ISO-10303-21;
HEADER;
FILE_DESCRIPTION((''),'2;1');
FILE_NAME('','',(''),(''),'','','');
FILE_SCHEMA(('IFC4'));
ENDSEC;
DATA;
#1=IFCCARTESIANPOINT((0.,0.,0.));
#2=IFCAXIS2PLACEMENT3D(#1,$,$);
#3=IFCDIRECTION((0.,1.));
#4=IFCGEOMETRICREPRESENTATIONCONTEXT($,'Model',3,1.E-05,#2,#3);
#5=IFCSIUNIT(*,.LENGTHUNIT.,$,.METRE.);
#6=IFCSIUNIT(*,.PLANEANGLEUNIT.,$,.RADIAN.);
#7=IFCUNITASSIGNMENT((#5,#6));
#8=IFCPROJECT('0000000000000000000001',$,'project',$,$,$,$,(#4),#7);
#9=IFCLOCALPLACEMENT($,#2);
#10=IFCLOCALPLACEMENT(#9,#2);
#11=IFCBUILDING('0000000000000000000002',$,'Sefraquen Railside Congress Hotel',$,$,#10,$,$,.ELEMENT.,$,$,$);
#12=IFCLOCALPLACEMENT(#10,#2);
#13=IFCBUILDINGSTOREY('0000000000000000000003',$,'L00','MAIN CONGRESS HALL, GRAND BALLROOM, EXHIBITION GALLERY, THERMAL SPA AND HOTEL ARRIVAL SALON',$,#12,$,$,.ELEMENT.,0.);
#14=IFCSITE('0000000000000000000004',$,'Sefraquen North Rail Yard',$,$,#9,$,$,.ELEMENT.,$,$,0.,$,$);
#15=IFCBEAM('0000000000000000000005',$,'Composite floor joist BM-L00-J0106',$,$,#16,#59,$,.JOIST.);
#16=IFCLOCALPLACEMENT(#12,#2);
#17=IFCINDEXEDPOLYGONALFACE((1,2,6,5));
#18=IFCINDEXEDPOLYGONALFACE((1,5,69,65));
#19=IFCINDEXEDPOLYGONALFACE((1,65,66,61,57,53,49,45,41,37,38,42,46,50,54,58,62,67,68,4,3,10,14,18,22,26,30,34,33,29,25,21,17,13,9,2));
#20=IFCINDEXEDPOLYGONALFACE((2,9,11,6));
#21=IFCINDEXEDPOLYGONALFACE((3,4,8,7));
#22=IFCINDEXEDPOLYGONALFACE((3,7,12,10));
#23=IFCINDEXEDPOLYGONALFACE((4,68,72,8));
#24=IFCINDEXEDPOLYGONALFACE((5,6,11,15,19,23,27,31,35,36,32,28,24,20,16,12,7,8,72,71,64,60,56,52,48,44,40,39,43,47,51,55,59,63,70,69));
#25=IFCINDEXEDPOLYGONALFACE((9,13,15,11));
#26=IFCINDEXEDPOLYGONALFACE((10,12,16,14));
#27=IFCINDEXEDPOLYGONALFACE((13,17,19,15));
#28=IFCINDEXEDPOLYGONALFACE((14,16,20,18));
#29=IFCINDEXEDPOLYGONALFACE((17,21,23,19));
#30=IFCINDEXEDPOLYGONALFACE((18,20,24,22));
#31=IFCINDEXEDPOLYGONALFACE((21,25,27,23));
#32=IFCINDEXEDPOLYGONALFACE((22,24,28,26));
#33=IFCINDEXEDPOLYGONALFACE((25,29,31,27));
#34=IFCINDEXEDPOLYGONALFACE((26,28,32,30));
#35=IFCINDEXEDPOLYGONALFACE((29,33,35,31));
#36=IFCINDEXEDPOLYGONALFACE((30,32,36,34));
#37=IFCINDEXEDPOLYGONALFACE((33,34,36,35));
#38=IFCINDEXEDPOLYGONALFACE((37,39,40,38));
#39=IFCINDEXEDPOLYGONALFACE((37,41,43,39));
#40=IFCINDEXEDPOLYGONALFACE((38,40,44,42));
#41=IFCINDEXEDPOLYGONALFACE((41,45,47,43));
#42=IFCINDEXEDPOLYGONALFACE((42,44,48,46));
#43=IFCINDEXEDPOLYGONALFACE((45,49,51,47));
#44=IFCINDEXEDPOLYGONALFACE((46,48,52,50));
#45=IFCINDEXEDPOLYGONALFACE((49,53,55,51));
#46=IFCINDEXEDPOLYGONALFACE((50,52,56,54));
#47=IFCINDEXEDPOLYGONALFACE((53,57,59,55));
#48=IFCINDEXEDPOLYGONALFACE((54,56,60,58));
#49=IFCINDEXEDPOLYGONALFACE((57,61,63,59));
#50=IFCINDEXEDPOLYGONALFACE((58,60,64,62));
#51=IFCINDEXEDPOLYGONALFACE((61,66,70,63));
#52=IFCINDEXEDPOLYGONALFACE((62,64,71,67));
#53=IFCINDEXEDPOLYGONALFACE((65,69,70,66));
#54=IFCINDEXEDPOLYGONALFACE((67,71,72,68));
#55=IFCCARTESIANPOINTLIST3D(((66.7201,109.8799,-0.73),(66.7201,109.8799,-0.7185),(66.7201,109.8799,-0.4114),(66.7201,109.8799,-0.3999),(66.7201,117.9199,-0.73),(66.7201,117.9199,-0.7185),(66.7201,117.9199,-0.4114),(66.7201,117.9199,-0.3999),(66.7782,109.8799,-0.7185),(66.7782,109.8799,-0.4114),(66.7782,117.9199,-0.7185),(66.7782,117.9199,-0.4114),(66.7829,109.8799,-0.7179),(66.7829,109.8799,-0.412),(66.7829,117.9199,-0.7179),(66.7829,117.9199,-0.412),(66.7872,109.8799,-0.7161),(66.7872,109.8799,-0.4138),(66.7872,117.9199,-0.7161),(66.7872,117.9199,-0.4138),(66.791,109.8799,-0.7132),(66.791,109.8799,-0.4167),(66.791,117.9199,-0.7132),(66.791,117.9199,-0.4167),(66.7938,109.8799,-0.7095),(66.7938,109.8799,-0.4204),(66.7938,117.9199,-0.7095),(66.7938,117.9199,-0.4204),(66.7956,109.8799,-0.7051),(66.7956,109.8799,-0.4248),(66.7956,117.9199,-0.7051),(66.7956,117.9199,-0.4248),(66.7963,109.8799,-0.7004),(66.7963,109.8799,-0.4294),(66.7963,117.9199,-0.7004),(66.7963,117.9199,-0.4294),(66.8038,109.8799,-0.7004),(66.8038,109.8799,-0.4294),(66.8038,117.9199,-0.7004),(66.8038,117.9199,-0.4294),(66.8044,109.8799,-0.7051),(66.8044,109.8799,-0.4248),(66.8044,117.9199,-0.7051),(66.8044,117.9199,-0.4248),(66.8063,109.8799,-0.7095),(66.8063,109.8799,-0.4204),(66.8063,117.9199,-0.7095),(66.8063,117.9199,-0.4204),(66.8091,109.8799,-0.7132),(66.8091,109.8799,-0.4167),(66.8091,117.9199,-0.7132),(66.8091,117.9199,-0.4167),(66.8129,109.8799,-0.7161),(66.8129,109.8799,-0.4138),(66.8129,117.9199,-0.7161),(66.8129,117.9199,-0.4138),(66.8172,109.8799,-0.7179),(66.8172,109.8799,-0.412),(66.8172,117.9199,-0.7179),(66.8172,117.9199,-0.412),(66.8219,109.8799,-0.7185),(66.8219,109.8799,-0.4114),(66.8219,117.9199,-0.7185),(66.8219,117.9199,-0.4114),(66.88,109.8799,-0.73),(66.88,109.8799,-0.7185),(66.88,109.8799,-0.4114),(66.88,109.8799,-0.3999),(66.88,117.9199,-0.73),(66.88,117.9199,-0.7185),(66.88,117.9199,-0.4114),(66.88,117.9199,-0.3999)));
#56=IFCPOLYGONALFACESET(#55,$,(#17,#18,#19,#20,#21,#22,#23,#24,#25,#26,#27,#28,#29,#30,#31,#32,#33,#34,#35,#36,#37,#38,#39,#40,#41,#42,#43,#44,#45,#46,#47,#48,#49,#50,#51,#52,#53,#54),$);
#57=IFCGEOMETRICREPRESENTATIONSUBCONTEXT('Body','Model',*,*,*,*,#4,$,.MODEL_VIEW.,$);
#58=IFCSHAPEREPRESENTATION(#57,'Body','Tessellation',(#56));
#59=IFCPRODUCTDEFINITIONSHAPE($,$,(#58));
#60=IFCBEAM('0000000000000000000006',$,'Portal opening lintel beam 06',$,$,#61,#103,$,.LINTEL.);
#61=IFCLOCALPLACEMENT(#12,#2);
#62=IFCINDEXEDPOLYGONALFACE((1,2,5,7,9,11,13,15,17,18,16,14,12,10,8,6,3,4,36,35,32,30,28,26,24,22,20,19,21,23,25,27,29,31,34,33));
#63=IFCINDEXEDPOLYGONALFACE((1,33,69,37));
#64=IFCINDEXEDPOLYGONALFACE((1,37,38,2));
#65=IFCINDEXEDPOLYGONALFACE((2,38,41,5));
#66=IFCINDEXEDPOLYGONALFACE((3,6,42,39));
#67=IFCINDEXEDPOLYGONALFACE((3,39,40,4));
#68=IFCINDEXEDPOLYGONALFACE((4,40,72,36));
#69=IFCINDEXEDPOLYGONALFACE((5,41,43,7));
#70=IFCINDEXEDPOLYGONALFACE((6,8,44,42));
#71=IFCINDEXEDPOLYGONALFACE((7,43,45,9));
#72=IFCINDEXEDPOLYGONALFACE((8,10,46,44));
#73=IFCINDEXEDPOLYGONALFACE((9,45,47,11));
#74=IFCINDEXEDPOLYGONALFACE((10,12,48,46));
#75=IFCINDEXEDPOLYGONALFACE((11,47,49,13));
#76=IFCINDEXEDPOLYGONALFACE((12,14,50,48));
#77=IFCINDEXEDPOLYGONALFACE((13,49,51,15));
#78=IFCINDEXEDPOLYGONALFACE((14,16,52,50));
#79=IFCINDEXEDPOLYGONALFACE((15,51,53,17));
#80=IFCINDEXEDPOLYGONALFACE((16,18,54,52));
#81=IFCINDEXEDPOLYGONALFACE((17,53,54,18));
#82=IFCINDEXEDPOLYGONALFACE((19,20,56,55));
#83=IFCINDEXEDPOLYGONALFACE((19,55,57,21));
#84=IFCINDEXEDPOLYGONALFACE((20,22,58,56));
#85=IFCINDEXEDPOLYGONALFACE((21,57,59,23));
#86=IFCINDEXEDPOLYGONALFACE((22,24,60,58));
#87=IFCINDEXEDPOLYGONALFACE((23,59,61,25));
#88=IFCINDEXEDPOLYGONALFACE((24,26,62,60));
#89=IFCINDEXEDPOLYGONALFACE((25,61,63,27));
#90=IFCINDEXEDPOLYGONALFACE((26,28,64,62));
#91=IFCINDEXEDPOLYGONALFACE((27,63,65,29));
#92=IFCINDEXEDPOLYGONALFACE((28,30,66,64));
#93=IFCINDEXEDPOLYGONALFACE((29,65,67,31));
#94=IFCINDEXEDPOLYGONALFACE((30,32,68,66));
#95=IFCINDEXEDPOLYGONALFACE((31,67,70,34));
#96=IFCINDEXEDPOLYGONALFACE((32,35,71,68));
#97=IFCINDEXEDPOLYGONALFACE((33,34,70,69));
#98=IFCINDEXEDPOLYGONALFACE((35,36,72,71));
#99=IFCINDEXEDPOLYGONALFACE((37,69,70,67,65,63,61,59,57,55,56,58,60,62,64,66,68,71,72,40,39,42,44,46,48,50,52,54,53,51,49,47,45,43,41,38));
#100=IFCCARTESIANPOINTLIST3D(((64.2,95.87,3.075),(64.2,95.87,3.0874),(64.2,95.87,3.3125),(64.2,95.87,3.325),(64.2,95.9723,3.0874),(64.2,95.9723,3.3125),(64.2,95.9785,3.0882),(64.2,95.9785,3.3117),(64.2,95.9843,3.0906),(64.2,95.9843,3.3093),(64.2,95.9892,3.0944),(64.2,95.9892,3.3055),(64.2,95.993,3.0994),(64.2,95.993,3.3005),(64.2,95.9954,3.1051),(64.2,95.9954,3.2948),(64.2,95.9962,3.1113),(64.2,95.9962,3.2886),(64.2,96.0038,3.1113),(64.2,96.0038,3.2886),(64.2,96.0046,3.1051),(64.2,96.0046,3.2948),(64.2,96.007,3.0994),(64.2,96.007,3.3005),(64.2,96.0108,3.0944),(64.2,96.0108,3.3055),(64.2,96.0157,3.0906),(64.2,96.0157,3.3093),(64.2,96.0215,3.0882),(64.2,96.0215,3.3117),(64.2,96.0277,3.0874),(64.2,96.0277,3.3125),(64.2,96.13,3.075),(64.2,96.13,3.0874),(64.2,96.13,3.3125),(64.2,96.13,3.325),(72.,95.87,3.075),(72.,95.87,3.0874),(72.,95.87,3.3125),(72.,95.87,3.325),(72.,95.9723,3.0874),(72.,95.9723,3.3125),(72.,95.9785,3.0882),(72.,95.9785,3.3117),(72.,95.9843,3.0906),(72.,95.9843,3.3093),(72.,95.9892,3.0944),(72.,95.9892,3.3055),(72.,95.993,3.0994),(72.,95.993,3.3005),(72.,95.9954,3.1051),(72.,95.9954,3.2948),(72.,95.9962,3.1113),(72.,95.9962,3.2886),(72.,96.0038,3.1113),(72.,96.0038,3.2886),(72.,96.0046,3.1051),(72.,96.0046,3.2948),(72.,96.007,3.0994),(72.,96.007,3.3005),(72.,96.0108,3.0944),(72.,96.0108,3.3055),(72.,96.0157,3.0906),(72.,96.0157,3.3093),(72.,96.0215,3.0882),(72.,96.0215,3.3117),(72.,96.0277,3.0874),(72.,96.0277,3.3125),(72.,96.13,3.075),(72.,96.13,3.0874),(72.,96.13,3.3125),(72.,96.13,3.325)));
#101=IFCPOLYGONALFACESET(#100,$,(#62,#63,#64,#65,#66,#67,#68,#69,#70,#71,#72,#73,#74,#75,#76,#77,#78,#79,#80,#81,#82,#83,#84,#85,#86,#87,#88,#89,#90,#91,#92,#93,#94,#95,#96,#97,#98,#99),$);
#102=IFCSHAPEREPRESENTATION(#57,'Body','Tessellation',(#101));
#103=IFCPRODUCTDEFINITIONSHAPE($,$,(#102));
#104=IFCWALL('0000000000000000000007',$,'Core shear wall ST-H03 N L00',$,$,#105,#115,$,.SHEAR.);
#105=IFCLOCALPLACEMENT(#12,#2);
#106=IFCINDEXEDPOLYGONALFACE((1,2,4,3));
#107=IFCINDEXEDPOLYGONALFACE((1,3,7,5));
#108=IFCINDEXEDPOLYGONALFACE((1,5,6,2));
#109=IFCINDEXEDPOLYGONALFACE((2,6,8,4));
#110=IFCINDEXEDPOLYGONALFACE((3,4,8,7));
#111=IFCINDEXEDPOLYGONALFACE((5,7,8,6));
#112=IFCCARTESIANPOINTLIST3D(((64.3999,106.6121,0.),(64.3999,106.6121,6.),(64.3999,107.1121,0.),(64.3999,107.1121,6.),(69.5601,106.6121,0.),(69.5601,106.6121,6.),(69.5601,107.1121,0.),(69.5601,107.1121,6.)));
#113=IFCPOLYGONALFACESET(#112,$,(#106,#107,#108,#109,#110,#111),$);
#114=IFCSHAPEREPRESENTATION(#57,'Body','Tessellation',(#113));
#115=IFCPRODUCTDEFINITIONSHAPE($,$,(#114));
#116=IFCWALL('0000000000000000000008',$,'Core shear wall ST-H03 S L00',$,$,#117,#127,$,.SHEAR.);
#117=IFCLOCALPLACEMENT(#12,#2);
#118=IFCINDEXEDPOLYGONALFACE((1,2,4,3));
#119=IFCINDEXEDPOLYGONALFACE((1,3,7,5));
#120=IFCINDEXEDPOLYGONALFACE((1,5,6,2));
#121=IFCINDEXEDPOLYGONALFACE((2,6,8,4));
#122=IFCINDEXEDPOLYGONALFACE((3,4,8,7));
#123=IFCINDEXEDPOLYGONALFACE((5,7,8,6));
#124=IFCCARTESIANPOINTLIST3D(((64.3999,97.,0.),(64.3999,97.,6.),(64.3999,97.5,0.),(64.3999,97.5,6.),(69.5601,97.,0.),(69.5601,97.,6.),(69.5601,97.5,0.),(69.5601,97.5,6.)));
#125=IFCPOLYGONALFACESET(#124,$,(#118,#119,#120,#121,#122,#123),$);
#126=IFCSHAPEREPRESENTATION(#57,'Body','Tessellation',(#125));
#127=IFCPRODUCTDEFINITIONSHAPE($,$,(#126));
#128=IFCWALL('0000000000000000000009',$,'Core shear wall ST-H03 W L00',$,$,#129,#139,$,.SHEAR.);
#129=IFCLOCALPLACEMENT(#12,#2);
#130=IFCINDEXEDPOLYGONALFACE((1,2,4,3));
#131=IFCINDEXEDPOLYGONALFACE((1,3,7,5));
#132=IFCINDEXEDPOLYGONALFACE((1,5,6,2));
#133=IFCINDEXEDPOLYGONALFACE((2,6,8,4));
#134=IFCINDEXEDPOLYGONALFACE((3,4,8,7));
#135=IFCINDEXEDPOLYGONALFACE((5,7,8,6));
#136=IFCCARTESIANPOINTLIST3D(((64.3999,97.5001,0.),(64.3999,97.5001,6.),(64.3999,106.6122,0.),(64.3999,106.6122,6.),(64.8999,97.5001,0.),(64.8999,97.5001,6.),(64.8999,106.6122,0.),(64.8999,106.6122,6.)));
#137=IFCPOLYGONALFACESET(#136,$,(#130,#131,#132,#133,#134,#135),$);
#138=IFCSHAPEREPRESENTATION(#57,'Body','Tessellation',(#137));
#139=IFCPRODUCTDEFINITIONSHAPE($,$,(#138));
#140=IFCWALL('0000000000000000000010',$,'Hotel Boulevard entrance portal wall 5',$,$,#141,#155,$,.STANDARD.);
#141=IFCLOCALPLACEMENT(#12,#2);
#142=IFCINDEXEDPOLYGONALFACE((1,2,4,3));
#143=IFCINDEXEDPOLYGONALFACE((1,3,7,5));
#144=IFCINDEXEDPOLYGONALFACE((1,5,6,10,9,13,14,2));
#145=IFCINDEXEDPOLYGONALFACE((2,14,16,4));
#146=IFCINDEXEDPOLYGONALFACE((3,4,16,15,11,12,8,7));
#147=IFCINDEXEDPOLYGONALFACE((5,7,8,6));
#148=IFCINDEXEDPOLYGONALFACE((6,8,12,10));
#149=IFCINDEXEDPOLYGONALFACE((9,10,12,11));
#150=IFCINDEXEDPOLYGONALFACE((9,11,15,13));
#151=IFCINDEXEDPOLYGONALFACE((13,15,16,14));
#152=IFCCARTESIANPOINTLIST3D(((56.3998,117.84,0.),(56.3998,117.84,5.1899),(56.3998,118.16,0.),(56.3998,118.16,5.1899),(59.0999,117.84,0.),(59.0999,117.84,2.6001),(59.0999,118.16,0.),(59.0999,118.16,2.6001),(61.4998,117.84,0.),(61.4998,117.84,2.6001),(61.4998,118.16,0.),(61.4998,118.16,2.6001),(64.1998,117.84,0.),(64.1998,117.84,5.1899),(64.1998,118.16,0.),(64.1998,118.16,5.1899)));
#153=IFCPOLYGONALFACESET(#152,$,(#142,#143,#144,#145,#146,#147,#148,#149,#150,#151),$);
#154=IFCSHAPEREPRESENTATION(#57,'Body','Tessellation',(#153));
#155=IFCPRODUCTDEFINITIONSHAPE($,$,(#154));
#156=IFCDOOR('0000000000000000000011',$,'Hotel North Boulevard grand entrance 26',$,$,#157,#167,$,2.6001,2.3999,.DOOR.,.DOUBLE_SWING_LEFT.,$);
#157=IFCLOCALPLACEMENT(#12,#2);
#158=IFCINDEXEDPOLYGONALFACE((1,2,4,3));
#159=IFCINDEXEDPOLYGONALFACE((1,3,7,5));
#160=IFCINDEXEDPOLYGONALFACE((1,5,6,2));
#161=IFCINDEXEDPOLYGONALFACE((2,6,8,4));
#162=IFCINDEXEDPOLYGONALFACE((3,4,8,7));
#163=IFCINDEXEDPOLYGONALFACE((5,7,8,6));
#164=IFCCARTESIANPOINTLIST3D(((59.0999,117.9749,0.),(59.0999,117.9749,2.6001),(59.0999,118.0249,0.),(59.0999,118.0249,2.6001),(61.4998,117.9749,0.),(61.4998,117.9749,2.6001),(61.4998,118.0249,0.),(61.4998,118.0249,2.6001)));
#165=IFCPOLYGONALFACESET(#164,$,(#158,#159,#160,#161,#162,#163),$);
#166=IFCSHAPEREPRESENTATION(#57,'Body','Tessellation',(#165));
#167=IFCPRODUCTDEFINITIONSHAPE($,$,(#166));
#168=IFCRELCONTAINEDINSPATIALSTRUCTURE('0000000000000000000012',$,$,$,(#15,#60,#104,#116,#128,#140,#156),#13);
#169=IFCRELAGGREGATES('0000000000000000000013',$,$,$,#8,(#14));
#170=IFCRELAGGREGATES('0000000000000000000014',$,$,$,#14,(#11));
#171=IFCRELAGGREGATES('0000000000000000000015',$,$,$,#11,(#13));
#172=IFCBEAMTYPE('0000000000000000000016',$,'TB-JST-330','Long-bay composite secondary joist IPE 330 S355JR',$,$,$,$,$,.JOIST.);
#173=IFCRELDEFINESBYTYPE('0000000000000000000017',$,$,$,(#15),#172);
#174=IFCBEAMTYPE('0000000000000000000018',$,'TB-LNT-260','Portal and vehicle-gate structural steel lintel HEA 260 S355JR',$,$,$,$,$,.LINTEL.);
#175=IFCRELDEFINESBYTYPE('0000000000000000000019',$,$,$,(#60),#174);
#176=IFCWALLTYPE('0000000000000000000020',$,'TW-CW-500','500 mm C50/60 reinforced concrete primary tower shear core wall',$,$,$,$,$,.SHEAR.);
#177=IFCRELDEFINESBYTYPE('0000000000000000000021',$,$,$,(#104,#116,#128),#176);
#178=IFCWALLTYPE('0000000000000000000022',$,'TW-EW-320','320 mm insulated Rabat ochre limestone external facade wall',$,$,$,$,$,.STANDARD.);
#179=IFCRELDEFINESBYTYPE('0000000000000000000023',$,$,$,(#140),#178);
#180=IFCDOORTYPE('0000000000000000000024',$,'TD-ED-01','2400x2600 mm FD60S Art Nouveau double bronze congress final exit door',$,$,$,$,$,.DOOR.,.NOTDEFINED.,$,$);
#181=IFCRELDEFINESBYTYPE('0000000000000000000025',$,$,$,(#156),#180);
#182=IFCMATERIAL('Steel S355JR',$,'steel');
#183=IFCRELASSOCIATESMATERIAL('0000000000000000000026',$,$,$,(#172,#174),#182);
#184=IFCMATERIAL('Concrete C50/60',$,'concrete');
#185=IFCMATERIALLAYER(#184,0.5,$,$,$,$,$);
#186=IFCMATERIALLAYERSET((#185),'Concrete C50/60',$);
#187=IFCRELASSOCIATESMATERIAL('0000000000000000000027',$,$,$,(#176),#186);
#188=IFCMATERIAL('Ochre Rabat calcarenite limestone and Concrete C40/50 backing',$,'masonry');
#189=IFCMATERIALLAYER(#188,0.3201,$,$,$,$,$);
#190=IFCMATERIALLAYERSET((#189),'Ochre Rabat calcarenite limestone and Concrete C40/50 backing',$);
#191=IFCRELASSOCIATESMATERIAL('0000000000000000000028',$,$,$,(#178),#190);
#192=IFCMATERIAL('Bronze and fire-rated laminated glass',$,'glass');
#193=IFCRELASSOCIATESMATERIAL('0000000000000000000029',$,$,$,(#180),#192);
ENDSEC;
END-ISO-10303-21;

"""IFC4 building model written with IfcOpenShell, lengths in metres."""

from ifc_helpers import new_model, si_unit, direction, frame, frame_2d, origin, origin_2d, place, context, subcontext, project, spatial, rectangle, i_section, extrude, material, layer, layer_set, material_profile, profile_set, type_object, element, fill, save


model = new_model("IFC4")

# Units and contexts
model_context = context("Model", 3, precision=1e-05, world=origin(), true_north=direction((0.0, 1.0)))
body_context = subcontext(model_context, "Body", "Model", "MODEL_VIEW")
ifc_project = project(units=[si_unit("LENGTHUNIT", "METRE"), si_unit("PLANEANGLEUNIT", "RADIAN")], contexts=[model_context])

# Site, building, storey
site_placement = place(None, origin())
site = spatial("IfcSite", under=ifc_project, at=site_placement, Name="Sefraquen North Rail Yard", CompositionType="ELEMENT", RefElevation=0.0)
building_placement = place(site_placement, origin())
building = spatial("IfcBuilding", under=site, at=building_placement, Name="Sefraquen Railside Congress Hotel", CompositionType="ELEMENT")
storey_placement = place(building_placement, origin())
storey = spatial("IfcBuildingStorey", under=building, at=storey_placement, Name="L00", Description="MAIN CONGRESS HALL, GRAND BALLROOM, EXHIBITION GALLERY, THERMAL SPA AND HOTEL ARRIVAL SALON", CompositionType="ELEMENT", Elevation=0.0)

# Shared definitions
ifc_material_1 = material(Name="Steel S355JR", Category="steel")

# Beams
ifc_material_profile_1 = material_profile(ifc_material_1, i_section(OverallWidth=0.1599, OverallDepth=0.3301, WebThickness=0.0076, FlangeThickness=0.0115, FilletRadius=0.0181, at=origin_2d()), Name="IPE 330")
ifc_profile_set_1 = profile_set([ifc_material_profile_1], Name="Steel S355JR")
beam_type_1 = type_object("IfcBeamType", Name="TB-JST-330", Description="Long-bay composite secondary joist IPE 330 S355JR", PredefinedType="JOIST", material=ifc_profile_set_1)
for number, where, z_axis, x_axis, name in (
    (1, (66.8, 109.8799, -0.5649), (0.0, 1.0, 0.0), (-1.0, 0.0, 0.0), "Composite floor joist BM-L00-J0106"),
):
    element("IfcBeam", number, at=place(storey_placement, frame(where, z_axis=z_axis, x_axis=x_axis)), inside=storey, type_object=beam_type_1, Name=name, PredefinedType="JOIST", context=body_context, shape_type="SweptSolid", body=[
        extrude(i_section(OverallWidth=0.1599, OverallDepth=0.3301, WebThickness=0.0076, FlangeThickness=0.0115, FilletRadius=0.0181, at=origin_2d()), origin(), (0.0, 0.0, 1.0), 8.04),
    ])
ifc_material_profile_2 = material_profile(ifc_material_1, i_section(OverallWidth=0.26, OverallDepth=0.25, WebThickness=0.0076, FlangeThickness=0.0125, FilletRadius=0.0239, at=origin_2d()), Name="HEA 260")
ifc_profile_set_2 = profile_set([ifc_material_profile_2], Name="Steel S355JR")
beam_type_2 = type_object("IfcBeamType", Name="TB-LNT-260", Description="Portal and vehicle-gate structural steel lintel HEA 260 S355JR", PredefinedType="LINTEL", material=ifc_profile_set_2)
beam_1_placement = place(storey_placement, frame((64.2, 96.0, 3.2), z_axis=(1.0, 0.0, 0.0), x_axis=(0.0, 1.0, 0.0)))
element("IfcBeam", 2, at=beam_1_placement, inside=storey, type_object=beam_type_2, Name="Portal opening lintel beam 06", PredefinedType="LINTEL", context=body_context, shape_type="SweptSolid", body=[
    extrude(i_section(OverallWidth=0.26, OverallDepth=0.25, WebThickness=0.0076, FlangeThickness=0.0125, FilletRadius=0.0239, at=origin_2d()), origin(), (0.0, 0.0, 1.0), 7.8),
])

# Walls
ifc_material_2 = material(Name="Concrete C50/60", Category="concrete")
ifc_layer_1 = layer(ifc_material_2, 0.5)
ifc_layer_set_1 = layer_set([ifc_layer_1], Name="Concrete C50/60")
wall_type_1 = type_object("IfcWallType", Name="TW-CW-500", Description="500 mm C50/60 reinforced concrete primary tower shear core wall", PredefinedType="SHEAR", material=ifc_layer_set_1)
for number, where, z_axis, x_axis, name in (
    (3, (64.3999, 106.8621, 0.0), (0.0, 0.0, 1.0), (1.0, 0.0, 0.0), "Core shear wall ST-H03 N L00"),
    (4, (64.3999, 97.25, 0.0), (0.0, 0.0, 1.0), (1.0, 0.0, 0.0), "Core shear wall ST-H03 S L00"),
):
    element("IfcWall", number, at=place(storey_placement, frame(where, z_axis=z_axis, x_axis=x_axis)), inside=storey, type_object=wall_type_1, Name=name, PredefinedType="SHEAR", context=body_context, shape_type="SweptSolid", body=[
        extrude(rectangle(XDim=5.1602, YDim=0.5, at=frame_2d((2.5801, 0.0))), origin(), (0.0, 0.0, 1.0), 6.0),
    ])
wall_1_placement = place(storey_placement, frame((64.6499, 97.5, 0.0), z_axis=(0.0, 0.0, 1.0), x_axis=(0.0, 1.0, 0.0)))
element("IfcWall", 5, at=wall_1_placement, inside=storey, type_object=wall_type_1, Name="Core shear wall ST-H03 W L00", PredefinedType="SHEAR", context=body_context, shape_type="SweptSolid", body=[
    extrude(rectangle(XDim=9.1121, YDim=0.5, at=frame_2d((4.5562, 0.0))), origin(), (0.0, 0.0, 1.0), 6.0),
])

# Wall, opening, door
ifc_material_3 = material(Name="Ochre Rabat calcarenite limestone and Concrete C40/50 backing", Category="masonry")
ifc_layer_2 = layer(ifc_material_3, 0.3201)
ifc_layer_set_2 = layer_set([ifc_layer_2], Name="Ochre Rabat calcarenite limestone and Concrete C40/50 backing")
wall_type_2 = type_object("IfcWallType", Name="TW-EW-320", Description="320 mm insulated Rabat ochre limestone external facade wall", PredefinedType="STANDARD", material=ifc_layer_set_2)
wall_2_placement = place(storey_placement, frame((56.3999, 118.0, 0.0), z_axis=(0.0, 0.0, 1.0), x_axis=(1.0, 0.0, 0.0)))
wall_2 = element("IfcWall", 6, at=wall_2_placement, inside=storey, type_object=wall_type_2, Name="Hotel Boulevard entrance portal wall 5", PredefinedType="STANDARD", context=body_context, shape_type="SweptSolid", body=[
    extrude(rectangle(XDim=7.8, YDim=0.3201, at=frame_2d((3.8999, 0.0))), origin(), (0.0, 0.0, 1.0), 5.1899),
])
opening_1_placement = place(wall_2_placement, frame((2.7, 0.0, 0.0)))
opening_1 = element("IfcOpeningElement", 7, at=opening_1_placement, cuts=wall_2, PredefinedType="OPENING", context=body_context, shape_type="SweptSolid", body=[
    extrude(rectangle(XDim=2.3999, YDim=2.6001, at=frame_2d((1.2, 1.3))), frame((0.0, 0.1699, 0.0), z_axis=(0.0, -1.0, 0.0), x_axis=(1.0, 0.0, 0.0)), (0.0, 0.0, 1.0), 0.3401),
])
ifc_material_4 = material(Name="Bronze and fire-rated laminated glass", Category="glass")
door_type_1 = type_object("IfcDoorType", Name="TD-ED-01", Description="2400x2600 mm FD60S Art Nouveau double bronze congress final exit door", OperationType="NOTDEFINED", PredefinedType="DOOR", material=ifc_material_4)
door_1_placement = place(opening_1_placement, origin())
door_1 = element("IfcDoor", 8, at=door_1_placement, inside=storey, type_object=door_type_1, Name="Hotel North Boulevard grand entrance 26", OperationType="DOUBLE_SWING_LEFT", OverallHeight=2.6001, OverallWidth=2.3999, PredefinedType="DOOR", context=body_context, shape_type="SweptSolid", body=[
    extrude(rectangle(XDim=2.3999, YDim=2.6001, at=frame_2d((1.2, 1.3))), frame((0.0, 0.0249, 0.0), z_axis=(0.0, -1.0, 0.0), x_axis=(1.0, 0.0, 0.0)), (0.0, 0.0, 1.0), 0.05),
])
fill(opening_1, door_1)

save(model, "model.ifc")
